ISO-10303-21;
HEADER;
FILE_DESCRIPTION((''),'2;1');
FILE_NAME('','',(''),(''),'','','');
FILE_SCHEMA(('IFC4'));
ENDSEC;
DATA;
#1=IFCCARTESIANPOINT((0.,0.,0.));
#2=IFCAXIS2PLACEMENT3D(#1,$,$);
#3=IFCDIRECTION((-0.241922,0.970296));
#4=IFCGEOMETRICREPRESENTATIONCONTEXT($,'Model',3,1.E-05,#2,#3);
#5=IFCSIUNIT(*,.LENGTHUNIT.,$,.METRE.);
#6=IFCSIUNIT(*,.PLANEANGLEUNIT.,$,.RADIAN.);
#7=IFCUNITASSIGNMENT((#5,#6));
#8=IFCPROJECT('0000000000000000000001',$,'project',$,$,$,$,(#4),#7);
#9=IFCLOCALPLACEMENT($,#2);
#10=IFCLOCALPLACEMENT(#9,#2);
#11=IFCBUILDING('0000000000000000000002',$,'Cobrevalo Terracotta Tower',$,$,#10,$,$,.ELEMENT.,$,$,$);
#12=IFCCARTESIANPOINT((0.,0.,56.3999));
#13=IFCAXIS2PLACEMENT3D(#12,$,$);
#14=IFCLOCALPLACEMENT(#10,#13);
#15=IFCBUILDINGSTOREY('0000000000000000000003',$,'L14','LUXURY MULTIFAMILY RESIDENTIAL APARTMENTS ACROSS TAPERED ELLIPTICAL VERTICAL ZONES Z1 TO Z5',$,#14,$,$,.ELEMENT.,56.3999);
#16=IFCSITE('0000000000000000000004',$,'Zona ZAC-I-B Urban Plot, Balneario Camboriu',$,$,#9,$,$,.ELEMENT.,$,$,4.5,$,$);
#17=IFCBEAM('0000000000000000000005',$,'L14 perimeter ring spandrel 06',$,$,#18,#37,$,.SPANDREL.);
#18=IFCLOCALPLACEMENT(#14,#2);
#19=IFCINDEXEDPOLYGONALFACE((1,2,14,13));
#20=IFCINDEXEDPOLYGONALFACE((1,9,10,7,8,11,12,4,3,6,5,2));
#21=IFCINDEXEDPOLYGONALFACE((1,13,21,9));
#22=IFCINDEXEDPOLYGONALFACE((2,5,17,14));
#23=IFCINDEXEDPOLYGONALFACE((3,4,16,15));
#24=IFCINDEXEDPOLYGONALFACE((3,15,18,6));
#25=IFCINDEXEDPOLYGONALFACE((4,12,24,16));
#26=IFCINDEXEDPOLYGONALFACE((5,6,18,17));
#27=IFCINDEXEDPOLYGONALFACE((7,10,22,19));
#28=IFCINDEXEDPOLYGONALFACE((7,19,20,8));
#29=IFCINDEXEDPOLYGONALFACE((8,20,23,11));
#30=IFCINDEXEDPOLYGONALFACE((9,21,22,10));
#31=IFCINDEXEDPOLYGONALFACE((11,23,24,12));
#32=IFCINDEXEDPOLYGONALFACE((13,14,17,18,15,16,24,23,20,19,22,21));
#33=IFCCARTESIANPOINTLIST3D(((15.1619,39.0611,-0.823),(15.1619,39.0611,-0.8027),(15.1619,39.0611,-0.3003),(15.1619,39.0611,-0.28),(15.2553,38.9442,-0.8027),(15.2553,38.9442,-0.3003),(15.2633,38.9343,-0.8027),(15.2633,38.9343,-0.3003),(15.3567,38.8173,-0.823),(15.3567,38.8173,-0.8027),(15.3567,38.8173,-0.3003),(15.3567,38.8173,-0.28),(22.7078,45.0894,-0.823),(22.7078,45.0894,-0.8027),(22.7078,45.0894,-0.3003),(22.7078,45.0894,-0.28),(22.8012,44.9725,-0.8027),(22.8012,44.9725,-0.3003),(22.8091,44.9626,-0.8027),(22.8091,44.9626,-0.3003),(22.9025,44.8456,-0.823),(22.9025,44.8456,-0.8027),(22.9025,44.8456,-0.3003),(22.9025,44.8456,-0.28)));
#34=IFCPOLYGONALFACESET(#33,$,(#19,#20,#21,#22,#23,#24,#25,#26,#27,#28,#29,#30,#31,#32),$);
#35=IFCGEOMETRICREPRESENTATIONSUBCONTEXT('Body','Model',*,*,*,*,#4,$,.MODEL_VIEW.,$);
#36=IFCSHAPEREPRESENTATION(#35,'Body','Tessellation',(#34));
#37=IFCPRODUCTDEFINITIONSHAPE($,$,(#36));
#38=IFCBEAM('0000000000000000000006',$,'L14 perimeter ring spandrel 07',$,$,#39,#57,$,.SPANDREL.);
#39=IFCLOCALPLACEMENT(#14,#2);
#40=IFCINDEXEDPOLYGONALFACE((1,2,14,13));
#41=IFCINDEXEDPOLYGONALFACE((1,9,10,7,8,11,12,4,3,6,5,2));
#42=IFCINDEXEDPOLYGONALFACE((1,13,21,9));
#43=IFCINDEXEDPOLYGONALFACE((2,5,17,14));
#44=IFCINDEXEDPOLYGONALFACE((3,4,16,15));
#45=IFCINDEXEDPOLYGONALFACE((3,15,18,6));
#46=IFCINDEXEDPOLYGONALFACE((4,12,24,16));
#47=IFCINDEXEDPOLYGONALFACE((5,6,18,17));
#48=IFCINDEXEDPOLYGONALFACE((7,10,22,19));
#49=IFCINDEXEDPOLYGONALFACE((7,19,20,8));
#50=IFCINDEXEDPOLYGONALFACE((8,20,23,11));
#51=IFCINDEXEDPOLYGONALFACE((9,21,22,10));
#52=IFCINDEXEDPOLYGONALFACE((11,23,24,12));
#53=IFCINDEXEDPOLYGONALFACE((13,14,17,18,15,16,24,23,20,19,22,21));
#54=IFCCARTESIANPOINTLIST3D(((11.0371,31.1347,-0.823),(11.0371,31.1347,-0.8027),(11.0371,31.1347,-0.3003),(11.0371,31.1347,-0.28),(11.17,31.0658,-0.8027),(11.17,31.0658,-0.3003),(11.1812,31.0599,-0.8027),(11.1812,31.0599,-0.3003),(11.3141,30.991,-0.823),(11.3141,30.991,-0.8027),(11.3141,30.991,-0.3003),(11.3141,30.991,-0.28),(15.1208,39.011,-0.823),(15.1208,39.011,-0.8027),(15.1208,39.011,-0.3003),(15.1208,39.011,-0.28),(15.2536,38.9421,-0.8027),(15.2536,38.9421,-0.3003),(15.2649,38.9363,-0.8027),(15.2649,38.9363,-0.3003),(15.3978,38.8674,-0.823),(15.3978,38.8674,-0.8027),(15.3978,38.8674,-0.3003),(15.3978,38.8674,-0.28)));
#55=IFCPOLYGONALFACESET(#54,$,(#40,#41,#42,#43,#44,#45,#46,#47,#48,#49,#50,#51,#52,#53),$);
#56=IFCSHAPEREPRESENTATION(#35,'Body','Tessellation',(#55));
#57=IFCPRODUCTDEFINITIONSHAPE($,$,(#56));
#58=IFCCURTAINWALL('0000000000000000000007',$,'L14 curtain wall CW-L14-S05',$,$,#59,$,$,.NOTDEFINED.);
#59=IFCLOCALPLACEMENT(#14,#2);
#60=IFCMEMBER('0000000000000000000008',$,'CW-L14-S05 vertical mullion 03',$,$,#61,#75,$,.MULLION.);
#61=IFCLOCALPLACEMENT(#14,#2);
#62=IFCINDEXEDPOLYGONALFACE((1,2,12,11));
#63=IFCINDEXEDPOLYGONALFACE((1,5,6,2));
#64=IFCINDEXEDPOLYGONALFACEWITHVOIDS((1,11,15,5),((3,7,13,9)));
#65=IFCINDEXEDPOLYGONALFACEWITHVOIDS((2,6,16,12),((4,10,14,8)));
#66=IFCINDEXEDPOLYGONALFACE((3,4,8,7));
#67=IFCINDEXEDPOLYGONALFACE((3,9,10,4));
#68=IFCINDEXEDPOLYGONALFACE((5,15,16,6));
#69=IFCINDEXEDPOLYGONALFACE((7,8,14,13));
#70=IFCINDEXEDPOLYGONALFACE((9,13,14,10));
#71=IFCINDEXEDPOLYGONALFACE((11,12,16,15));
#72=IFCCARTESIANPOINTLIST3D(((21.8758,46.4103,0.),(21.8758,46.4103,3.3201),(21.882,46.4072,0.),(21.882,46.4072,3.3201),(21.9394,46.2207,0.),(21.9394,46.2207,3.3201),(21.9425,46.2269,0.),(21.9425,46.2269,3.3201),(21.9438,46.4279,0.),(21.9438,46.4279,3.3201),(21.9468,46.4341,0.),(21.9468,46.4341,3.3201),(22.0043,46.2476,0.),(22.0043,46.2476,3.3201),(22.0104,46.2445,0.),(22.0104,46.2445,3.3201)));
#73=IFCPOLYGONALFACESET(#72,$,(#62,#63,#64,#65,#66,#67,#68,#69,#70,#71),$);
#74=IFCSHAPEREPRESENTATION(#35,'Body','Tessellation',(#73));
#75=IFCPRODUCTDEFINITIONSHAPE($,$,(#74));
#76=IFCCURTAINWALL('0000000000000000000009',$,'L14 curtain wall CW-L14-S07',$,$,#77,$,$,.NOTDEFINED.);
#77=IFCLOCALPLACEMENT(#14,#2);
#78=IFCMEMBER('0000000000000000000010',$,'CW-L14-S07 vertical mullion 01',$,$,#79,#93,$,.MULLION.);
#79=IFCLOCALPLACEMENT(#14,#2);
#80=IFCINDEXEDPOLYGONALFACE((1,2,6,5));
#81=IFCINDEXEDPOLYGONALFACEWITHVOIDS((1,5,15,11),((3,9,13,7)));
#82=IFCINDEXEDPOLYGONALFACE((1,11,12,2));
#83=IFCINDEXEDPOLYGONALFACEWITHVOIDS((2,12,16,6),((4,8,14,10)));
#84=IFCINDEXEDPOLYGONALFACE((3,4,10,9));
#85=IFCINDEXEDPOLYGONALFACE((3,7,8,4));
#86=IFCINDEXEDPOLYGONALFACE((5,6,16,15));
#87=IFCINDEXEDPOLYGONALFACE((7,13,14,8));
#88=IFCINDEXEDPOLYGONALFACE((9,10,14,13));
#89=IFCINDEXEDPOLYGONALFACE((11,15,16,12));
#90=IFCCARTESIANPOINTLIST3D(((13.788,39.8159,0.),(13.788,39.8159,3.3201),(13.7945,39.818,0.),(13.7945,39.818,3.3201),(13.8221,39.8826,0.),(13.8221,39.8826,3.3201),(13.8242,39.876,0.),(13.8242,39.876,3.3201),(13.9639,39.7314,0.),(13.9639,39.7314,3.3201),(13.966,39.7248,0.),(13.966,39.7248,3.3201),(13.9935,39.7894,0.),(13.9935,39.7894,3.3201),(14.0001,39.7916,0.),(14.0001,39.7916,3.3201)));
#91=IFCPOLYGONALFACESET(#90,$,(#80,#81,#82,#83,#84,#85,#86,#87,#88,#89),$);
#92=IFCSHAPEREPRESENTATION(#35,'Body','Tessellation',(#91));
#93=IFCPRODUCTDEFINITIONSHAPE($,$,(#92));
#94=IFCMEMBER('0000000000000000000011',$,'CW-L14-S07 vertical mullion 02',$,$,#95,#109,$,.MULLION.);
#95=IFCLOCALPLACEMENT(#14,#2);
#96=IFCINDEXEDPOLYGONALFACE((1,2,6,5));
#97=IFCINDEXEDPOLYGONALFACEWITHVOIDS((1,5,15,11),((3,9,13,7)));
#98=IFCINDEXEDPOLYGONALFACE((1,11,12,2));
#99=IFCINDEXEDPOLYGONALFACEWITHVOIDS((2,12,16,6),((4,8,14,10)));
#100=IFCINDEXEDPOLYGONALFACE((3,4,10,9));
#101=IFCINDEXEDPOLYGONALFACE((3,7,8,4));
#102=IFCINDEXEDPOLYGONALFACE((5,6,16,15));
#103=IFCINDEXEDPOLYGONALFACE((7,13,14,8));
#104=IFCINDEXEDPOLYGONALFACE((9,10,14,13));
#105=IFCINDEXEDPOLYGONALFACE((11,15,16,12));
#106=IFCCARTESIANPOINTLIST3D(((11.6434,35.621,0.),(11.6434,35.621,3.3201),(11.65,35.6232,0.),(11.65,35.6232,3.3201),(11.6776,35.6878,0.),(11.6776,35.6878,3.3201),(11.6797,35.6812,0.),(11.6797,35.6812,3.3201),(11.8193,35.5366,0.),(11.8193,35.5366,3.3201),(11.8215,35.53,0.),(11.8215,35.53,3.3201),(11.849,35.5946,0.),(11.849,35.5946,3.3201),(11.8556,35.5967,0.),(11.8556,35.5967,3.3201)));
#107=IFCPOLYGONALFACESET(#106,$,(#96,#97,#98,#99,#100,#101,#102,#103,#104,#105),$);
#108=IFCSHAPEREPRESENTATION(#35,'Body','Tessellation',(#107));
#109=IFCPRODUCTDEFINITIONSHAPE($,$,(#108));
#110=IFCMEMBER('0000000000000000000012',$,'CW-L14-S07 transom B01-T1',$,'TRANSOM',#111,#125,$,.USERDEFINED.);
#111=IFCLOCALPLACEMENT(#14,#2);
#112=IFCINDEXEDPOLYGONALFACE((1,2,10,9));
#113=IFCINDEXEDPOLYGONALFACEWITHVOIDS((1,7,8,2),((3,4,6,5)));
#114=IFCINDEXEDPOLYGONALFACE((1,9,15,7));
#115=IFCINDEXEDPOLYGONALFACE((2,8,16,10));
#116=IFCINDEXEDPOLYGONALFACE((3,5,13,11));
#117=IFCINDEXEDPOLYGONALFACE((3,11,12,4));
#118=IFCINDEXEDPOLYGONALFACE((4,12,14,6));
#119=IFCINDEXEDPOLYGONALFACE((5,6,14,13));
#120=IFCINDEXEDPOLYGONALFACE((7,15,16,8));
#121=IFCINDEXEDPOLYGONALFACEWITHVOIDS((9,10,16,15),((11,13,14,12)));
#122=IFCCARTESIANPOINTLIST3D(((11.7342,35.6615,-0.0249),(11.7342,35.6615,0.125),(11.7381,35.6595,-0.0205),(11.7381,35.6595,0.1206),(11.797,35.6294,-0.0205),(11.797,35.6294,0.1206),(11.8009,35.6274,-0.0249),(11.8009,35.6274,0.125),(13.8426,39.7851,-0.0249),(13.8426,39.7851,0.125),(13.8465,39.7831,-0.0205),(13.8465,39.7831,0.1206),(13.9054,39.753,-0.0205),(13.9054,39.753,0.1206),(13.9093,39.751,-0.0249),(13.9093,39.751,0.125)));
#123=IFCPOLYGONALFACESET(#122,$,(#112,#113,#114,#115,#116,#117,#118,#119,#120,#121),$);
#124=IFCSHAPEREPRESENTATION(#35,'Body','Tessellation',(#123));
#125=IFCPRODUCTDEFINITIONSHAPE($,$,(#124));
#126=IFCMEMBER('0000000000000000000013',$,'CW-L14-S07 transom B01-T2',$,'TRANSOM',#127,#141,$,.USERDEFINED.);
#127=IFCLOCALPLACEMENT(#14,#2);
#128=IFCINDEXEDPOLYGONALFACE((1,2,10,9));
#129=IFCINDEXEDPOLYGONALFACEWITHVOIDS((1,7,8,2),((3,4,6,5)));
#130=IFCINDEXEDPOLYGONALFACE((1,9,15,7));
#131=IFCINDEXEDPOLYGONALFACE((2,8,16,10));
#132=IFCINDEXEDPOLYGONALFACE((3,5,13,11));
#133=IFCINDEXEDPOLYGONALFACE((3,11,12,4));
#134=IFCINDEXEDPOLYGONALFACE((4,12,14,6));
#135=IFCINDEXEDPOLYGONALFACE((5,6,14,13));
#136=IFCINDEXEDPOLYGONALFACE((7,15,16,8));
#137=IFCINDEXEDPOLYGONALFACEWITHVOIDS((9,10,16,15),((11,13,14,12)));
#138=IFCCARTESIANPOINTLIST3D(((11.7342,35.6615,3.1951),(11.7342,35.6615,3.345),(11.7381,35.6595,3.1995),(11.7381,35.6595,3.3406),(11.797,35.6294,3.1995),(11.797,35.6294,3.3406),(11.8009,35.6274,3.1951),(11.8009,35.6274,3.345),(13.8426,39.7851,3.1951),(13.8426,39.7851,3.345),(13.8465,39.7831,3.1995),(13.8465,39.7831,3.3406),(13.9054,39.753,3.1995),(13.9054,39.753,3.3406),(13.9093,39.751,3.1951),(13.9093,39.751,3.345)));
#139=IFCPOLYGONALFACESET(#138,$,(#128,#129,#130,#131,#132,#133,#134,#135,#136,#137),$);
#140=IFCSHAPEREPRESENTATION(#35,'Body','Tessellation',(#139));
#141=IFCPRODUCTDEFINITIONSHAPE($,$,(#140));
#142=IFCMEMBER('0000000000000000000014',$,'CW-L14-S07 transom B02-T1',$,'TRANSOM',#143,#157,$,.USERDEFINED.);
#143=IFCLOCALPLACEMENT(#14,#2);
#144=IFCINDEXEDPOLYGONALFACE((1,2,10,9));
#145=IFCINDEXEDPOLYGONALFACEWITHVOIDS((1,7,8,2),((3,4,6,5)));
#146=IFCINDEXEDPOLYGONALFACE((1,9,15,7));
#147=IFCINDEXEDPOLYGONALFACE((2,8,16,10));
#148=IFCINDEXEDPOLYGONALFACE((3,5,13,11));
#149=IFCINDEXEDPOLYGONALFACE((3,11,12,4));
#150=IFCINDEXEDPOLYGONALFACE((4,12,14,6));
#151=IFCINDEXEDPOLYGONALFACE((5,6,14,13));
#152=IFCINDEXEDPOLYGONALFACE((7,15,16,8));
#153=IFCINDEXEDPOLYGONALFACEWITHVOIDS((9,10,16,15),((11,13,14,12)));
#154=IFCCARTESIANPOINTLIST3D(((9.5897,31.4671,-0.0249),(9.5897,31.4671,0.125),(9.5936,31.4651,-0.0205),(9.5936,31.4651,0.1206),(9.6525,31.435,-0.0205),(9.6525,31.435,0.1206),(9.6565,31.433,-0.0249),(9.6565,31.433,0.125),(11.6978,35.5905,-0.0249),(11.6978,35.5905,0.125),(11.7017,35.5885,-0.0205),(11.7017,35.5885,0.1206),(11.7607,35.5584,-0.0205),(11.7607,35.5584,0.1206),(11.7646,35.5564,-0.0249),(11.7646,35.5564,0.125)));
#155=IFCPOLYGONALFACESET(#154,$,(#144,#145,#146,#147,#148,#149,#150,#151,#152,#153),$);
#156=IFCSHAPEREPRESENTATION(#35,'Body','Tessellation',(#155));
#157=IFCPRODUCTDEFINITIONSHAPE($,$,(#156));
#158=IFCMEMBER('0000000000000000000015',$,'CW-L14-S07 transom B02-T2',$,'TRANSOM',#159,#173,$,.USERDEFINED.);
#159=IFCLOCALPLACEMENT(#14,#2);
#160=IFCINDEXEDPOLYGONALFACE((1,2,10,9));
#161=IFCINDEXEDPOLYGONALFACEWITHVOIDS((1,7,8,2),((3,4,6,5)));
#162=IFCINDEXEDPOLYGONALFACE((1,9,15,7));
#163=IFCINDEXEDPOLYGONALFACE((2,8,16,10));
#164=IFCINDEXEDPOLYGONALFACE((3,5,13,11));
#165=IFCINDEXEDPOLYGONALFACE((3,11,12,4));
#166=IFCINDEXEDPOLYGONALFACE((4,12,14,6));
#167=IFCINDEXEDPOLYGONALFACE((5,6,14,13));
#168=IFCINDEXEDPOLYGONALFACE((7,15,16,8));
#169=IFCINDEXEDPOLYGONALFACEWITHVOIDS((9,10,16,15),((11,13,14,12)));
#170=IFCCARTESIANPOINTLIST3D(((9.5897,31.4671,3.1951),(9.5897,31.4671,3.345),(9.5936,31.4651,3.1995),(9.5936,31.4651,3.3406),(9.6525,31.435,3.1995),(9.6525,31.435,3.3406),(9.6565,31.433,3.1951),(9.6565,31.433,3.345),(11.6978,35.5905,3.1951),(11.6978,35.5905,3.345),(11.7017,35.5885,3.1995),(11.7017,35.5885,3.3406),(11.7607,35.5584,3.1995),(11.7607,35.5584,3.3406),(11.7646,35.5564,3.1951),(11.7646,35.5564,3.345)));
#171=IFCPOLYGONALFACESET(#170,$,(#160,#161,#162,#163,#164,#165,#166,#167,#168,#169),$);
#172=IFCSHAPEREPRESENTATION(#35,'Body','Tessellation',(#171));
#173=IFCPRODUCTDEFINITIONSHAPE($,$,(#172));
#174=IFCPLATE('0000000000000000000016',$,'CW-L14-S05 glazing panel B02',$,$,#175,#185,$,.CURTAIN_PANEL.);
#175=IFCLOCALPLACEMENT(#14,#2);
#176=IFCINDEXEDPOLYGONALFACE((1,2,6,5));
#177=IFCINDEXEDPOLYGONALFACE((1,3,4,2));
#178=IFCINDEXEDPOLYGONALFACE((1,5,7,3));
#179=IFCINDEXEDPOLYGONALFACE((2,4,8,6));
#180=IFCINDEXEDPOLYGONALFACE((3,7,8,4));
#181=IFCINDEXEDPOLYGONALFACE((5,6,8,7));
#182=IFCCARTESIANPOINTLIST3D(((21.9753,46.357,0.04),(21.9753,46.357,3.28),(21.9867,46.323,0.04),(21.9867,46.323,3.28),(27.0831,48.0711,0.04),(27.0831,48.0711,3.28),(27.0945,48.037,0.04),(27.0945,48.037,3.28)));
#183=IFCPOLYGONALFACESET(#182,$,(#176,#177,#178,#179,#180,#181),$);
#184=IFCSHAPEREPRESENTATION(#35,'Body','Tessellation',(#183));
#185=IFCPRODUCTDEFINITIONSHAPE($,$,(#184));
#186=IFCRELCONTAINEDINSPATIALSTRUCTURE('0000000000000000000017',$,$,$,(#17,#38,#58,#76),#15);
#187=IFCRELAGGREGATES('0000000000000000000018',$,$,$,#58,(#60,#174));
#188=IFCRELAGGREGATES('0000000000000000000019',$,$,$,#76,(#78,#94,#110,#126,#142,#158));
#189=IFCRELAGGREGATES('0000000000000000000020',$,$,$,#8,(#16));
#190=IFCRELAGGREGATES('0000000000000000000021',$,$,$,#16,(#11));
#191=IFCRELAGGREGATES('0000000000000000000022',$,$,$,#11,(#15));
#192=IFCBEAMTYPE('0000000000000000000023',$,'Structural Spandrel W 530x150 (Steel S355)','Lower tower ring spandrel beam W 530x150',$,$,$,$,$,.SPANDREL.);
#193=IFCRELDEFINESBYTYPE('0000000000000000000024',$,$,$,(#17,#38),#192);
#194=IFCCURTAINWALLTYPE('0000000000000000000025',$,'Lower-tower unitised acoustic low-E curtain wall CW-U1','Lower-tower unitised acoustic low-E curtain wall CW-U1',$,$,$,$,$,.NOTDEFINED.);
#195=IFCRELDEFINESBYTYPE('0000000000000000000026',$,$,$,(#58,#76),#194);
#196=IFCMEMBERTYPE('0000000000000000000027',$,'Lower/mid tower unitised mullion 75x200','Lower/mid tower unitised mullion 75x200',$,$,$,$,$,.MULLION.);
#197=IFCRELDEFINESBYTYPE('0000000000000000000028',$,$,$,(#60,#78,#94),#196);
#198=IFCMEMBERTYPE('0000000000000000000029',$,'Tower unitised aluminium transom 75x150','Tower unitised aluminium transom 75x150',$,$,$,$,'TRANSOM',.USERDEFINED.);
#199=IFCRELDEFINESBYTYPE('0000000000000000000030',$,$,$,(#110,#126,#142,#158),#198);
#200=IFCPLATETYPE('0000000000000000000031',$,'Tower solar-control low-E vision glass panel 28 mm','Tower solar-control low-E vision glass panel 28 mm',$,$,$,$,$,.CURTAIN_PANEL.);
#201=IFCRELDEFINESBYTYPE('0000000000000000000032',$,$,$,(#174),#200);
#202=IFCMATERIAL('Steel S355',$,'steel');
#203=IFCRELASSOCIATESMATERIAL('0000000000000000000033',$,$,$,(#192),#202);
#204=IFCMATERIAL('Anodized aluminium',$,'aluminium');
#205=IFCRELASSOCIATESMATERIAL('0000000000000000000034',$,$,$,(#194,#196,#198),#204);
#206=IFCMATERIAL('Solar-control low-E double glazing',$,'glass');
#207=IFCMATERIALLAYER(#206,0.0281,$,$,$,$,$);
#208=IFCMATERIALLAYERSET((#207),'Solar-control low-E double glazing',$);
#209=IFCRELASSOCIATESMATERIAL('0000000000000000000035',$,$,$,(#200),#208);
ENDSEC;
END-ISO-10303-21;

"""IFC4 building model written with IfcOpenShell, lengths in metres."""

from ifc_helpers import new_model, si_unit, direction, frame, origin, origin_2d, place, context, subcontext, project, spatial, rectangle, hollow_rectangle, i_section, extrude, source, transform, mapped, material, layer, layer_set, material_profile, profile_set, type_object, element, aggregate, save


model = new_model("IFC4")

# Units and contexts
model_context = context("Model", 3, precision=1e-05, world=origin(), true_north=direction((-0.241922, 0.970296)))
body_context = subcontext(model_context, "Body", "Model", "MODEL_VIEW")
ifc_project = project(units=[si_unit("LENGTHUNIT", "METRE"), si_unit("PLANEANGLEUNIT", "RADIAN")], contexts=[model_context])

# Site, building, storey
site_placement = place(None, origin())
site = spatial("IfcSite", under=ifc_project, at=site_placement, Name="Zona ZAC-I-B Urban Plot, Balneario Camboriu", CompositionType="ELEMENT", RefElevation=4.5)
building_placement = place(site_placement, origin())
building = spatial("IfcBuilding", under=site, at=building_placement, Name="Cobrevalo Terracotta Tower", CompositionType="ELEMENT")
storey_placement = place(building_placement, frame((0.0, 0.0, 56.3999)))
storey = spatial("IfcBuildingStorey", under=building, at=storey_placement, Name="L14", Description="LUXURY MULTIFAMILY RESIDENTIAL APARTMENTS ACROSS TAPERED ELLIPTICAL VERTICAL ZONES Z1 TO Z5", CompositionType="ELEMENT", Elevation=56.3999)

# Shared definitions
ifc_material_1 = material(Name="Steel S355", Category="steel")

# Beams
ifc_material_profile_1 = material_profile(ifc_material_1, i_section(OverallWidth=0.312, OverallDepth=0.543, WebThickness=0.0127, FlangeThickness=0.0203, at=origin_2d()), Name="W 530x150")
ifc_profile_set_1 = profile_set([ifc_material_profile_1], Name="Steel S355")
beam_type_1 = type_object("IfcBeamType", Name="Structural Spandrel W 530x150 (Steel S355)", Description="Lower tower ring spandrel beam W 530x150", PredefinedType="SPANDREL", material=ifc_profile_set_1)
beam_1_placement = place(storey_placement, frame((22.8052, 44.9675, -0.5515), z_axis=(-0.781293, -0.624165, 0.0), x_axis=(0.624165, -0.781293, 0.0)))
element("IfcBeam", 1, at=beam_1_placement, inside=storey, type_object=beam_type_1, Name="L14 perimeter ring spandrel 06", PredefinedType="SPANDREL", context=body_context, shape_type="SweptSolid", body=[
    extrude(i_section(OverallWidth=0.312, OverallDepth=0.543, WebThickness=0.0127, FlangeThickness=0.0203, at=origin_2d()), origin(), (0.0, 0.0, 1.0), 9.6582),
])
beam_2_placement = place(storey_placement, frame((15.2593, 38.9392, -0.5515), z_axis=(-0.460286, -0.887771, 0.0), x_axis=(0.887771, -0.460286, 0.0)))
element("IfcBeam", 2, at=beam_2_placement, inside=storey, type_object=beam_type_1, Name="L14 perimeter ring spandrel 07", PredefinedType="SPANDREL", context=body_context, shape_type="SweptSolid", body=[
    extrude(i_section(OverallWidth=0.312, OverallDepth=0.543, WebThickness=0.0127, FlangeThickness=0.0203, at=origin_2d()), origin(), (0.0, 0.0, 1.0), 8.8721),
])

# Curtain wall, member
ifc_material_2 = material(Name="Anodized aluminium", Category="aluminium")
curtain_wall_type = type_object("IfcCurtainWallType", Name="Lower-tower unitised acoustic low-E curtain wall CW-U1", Description="Lower-tower unitised acoustic low-E curtain wall CW-U1", PredefinedType="NOTDEFINED", material=ifc_material_2)
curtain_wall_1_placement = place(storey_placement, origin())
curtain_wall_1 = element("IfcCurtainWall", 3, at=curtain_wall_1_placement, inside=storey, type_object=curtain_wall_type, Name="L14 curtain wall CW-L14-S05", PredefinedType="NOTDEFINED")
ifc_material_profile_2 = material_profile(ifc_material_2, hollow_rectangle(XDim=0.075, YDim=0.2, WallThickness=0.0049, at=origin_2d()), Name="CWM 75x200")
ifc_profile_set_2 = profile_set([ifc_material_profile_2], Name="Anodized aluminium")
member_type_1 = type_object("IfcMemberType", Name="Lower/mid tower unitised mullion 75x200", Description="Lower/mid tower unitised mullion 75x200", PredefinedType="MULLION", material=ifc_profile_set_2)
shared_shape_1 = source(origin(), body_context, "Body", "SweptSolid", [
    extrude(hollow_rectangle(XDim=0.075, YDim=0.2, WallThickness=0.0049, at=origin_2d()), origin(), (0.0, 0.0, 1.0), 3.3201),
])
member_1_placement = place(storey_placement, frame((21.9431, 46.3274, 0.0), z_axis=(0.0, 0.0, 1.0), x_axis=(-0.948046, -0.318132, 0.0)))
member_1 = element("IfcMember", 4, at=member_1_placement, type_object=member_type_1, Name="CW-L14-S05 vertical mullion 03", PredefinedType="MULLION", context=body_context, shape_type="MappedRepresentation", body=[
    mapped(shared_shape_1, transform((0.0, 0.0, 0.0), scale=1.0)),
])

# Curtain wall, members
curtain_wall_2_placement = place(storey_placement, origin())
curtain_wall_2 = element("IfcCurtainWall", 5, at=curtain_wall_2_placement, inside=storey, type_object=curtain_wall_type, Name="L14 curtain wall CW-L14-S07", PredefinedType="NOTDEFINED")
member_2_placement = place(storey_placement, frame((13.894, 39.8037, 0.0), z_axis=(0.0, 0.0, 1.0), x_axis=(-0.455234, -0.890372, 0.0)))
member_2 = element("IfcMember", 6, at=member_2_placement, type_object=member_type_1, Name="CW-L14-S07 vertical mullion 01", PredefinedType="MULLION", context=body_context, shape_type="MappedRepresentation", body=[
    mapped(shared_shape_1, transform((0.0, 0.0, 0.0), scale=1.0)),
])
member_3_placement = place(storey_placement, frame((11.7495, 35.6089, 0.0), z_axis=(0.0, 0.0, 1.0), x_axis=(-0.455234, -0.890372, 0.0)))
member_3 = element("IfcMember", 7, at=member_3_placement, type_object=member_type_1, Name="CW-L14-S07 vertical mullion 02", PredefinedType="MULLION", context=body_context, shape_type="MappedRepresentation", body=[
    mapped(shared_shape_1, transform((0.0, 0.0, 0.0), scale=1.0)),
])
ifc_material_profile_3 = material_profile(ifc_material_2, hollow_rectangle(XDim=0.075, YDim=0.1499, WallThickness=0.0044, at=origin_2d()), Name="CWT 75x150")
ifc_profile_set_3 = profile_set([ifc_material_profile_3], Name="Anodized aluminium")
member_type_2 = type_object("IfcMemberType", Name="Tower unitised aluminium transom 75x150", Description="Tower unitised aluminium transom 75x150", ElementType="TRANSOM", PredefinedType="USERDEFINED", material=ifc_profile_set_3)
shared_shape_2 = source(origin(), body_context, "Body", "SweptSolid", [
    extrude(hollow_rectangle(XDim=0.075, YDim=0.1499, WallThickness=0.0044, at=origin_2d()), origin(), (0.0, 0.0, 1.0), 4.6313),
])
member_4_placement = place(storey_placement, frame((13.876, 39.7681, 0.05), z_axis=(-0.45525, -0.890363, 0.0), x_axis=(0.890363, -0.45525, 0.0)))
member_4 = element("IfcMember", 8, at=member_4_placement, type_object=member_type_2, Name="CW-L14-S07 transom B01-T1", ObjectType="TRANSOM", PredefinedType="USERDEFINED", context=body_context, shape_type="MappedRepresentation", body=[
    mapped(shared_shape_2, transform((0.0, 0.0, 0.0), scale=1.0)),
])
member_5_placement = place(storey_placement, frame((13.876, 39.7681, 3.27), z_axis=(-0.45525, -0.890363, 0.0), x_axis=(0.890363, -0.45525, 0.0)))
member_5 = element("IfcMember", 9, at=member_5_placement, type_object=member_type_2, Name="CW-L14-S07 transom B01-T2", ObjectType="TRANSOM", PredefinedType="USERDEFINED", context=body_context, shape_type="MappedRepresentation", body=[
    mapped(shared_shape_2, transform((0.0, 0.0, 0.0), scale=1.0)),
])
shared_shape_3 = source(origin(), body_context, "Body", "SweptSolid", [
    extrude(hollow_rectangle(XDim=0.075, YDim=0.1499, WallThickness=0.0044, at=origin_2d()), origin(), (0.0, 0.0, 1.0), 4.6311),
])
member_6_placement = place(storey_placement, frame((11.7312, 35.5735, 0.05), z_axis=(-0.455209, -0.890385, 0.0), x_axis=(0.890385, -0.455209, 0.0)))
member_6 = element("IfcMember", 10, at=member_6_placement, type_object=member_type_2, Name="CW-L14-S07 transom B02-T1", ObjectType="TRANSOM", PredefinedType="USERDEFINED", context=body_context, shape_type="MappedRepresentation", body=[
    mapped(shared_shape_3, transform((0.0, 0.0, 0.0), scale=1.0)),
])
member_7_placement = place(storey_placement, frame((11.7312, 35.5735, 3.27), z_axis=(-0.455209, -0.890385, 0.0), x_axis=(0.890385, -0.455209, 0.0)))
member_7 = element("IfcMember", 11, at=member_7_placement, type_object=member_type_2, Name="CW-L14-S07 transom B02-T2", ObjectType="TRANSOM", PredefinedType="USERDEFINED", context=body_context, shape_type="MappedRepresentation", body=[
    mapped(shared_shape_3, transform((0.0, 0.0, 0.0), scale=1.0)),
])

# Plate
ifc_material_3 = material(Name="Solar-control low-E double glazing", Category="glass")
ifc_layer_1 = layer(ifc_material_3, 0.0281)
ifc_layer_set_1 = layer_set([ifc_layer_1], Name="Solar-control low-E double glazing")
plate_type = type_object("IfcPlateType", Name="Tower solar-control low-E vision glass panel 28 mm", Description="Tower solar-control low-E vision glass panel 28 mm", PredefinedType="CURTAIN_PANEL", material=ifc_layer_set_1)
shared_shape_4 = source(origin(), body_context, "Body", "SweptSolid", [
    extrude(rectangle(XDim=5.3877, YDim=0.0359, at=origin_2d()), origin(), (0.0, 0.0, 1.0), 3.24),
])
plate_1_placement = place(storey_placement, frame((24.5349, 47.197, 0.04), z_axis=(0.0, 0.0, 1.0), x_axis=(-0.948044, -0.318139, 0.0)))
plate_1 = element("IfcPlate", 12, at=plate_1_placement, type_object=plate_type, Name="CW-L14-S05 glazing panel B02", PredefinedType="CURTAIN_PANEL", context=body_context, shape_type="MappedRepresentation", body=[
    mapped(shared_shape_4, transform((0.0, 0.0, 0.0), scale=1.0)),
])
aggregate(curtain_wall_1, [member_1, plate_1])
aggregate(curtain_wall_2, [member_2, member_3, member_4, member_5, member_6, member_7])

save(model, "model.ifc")
